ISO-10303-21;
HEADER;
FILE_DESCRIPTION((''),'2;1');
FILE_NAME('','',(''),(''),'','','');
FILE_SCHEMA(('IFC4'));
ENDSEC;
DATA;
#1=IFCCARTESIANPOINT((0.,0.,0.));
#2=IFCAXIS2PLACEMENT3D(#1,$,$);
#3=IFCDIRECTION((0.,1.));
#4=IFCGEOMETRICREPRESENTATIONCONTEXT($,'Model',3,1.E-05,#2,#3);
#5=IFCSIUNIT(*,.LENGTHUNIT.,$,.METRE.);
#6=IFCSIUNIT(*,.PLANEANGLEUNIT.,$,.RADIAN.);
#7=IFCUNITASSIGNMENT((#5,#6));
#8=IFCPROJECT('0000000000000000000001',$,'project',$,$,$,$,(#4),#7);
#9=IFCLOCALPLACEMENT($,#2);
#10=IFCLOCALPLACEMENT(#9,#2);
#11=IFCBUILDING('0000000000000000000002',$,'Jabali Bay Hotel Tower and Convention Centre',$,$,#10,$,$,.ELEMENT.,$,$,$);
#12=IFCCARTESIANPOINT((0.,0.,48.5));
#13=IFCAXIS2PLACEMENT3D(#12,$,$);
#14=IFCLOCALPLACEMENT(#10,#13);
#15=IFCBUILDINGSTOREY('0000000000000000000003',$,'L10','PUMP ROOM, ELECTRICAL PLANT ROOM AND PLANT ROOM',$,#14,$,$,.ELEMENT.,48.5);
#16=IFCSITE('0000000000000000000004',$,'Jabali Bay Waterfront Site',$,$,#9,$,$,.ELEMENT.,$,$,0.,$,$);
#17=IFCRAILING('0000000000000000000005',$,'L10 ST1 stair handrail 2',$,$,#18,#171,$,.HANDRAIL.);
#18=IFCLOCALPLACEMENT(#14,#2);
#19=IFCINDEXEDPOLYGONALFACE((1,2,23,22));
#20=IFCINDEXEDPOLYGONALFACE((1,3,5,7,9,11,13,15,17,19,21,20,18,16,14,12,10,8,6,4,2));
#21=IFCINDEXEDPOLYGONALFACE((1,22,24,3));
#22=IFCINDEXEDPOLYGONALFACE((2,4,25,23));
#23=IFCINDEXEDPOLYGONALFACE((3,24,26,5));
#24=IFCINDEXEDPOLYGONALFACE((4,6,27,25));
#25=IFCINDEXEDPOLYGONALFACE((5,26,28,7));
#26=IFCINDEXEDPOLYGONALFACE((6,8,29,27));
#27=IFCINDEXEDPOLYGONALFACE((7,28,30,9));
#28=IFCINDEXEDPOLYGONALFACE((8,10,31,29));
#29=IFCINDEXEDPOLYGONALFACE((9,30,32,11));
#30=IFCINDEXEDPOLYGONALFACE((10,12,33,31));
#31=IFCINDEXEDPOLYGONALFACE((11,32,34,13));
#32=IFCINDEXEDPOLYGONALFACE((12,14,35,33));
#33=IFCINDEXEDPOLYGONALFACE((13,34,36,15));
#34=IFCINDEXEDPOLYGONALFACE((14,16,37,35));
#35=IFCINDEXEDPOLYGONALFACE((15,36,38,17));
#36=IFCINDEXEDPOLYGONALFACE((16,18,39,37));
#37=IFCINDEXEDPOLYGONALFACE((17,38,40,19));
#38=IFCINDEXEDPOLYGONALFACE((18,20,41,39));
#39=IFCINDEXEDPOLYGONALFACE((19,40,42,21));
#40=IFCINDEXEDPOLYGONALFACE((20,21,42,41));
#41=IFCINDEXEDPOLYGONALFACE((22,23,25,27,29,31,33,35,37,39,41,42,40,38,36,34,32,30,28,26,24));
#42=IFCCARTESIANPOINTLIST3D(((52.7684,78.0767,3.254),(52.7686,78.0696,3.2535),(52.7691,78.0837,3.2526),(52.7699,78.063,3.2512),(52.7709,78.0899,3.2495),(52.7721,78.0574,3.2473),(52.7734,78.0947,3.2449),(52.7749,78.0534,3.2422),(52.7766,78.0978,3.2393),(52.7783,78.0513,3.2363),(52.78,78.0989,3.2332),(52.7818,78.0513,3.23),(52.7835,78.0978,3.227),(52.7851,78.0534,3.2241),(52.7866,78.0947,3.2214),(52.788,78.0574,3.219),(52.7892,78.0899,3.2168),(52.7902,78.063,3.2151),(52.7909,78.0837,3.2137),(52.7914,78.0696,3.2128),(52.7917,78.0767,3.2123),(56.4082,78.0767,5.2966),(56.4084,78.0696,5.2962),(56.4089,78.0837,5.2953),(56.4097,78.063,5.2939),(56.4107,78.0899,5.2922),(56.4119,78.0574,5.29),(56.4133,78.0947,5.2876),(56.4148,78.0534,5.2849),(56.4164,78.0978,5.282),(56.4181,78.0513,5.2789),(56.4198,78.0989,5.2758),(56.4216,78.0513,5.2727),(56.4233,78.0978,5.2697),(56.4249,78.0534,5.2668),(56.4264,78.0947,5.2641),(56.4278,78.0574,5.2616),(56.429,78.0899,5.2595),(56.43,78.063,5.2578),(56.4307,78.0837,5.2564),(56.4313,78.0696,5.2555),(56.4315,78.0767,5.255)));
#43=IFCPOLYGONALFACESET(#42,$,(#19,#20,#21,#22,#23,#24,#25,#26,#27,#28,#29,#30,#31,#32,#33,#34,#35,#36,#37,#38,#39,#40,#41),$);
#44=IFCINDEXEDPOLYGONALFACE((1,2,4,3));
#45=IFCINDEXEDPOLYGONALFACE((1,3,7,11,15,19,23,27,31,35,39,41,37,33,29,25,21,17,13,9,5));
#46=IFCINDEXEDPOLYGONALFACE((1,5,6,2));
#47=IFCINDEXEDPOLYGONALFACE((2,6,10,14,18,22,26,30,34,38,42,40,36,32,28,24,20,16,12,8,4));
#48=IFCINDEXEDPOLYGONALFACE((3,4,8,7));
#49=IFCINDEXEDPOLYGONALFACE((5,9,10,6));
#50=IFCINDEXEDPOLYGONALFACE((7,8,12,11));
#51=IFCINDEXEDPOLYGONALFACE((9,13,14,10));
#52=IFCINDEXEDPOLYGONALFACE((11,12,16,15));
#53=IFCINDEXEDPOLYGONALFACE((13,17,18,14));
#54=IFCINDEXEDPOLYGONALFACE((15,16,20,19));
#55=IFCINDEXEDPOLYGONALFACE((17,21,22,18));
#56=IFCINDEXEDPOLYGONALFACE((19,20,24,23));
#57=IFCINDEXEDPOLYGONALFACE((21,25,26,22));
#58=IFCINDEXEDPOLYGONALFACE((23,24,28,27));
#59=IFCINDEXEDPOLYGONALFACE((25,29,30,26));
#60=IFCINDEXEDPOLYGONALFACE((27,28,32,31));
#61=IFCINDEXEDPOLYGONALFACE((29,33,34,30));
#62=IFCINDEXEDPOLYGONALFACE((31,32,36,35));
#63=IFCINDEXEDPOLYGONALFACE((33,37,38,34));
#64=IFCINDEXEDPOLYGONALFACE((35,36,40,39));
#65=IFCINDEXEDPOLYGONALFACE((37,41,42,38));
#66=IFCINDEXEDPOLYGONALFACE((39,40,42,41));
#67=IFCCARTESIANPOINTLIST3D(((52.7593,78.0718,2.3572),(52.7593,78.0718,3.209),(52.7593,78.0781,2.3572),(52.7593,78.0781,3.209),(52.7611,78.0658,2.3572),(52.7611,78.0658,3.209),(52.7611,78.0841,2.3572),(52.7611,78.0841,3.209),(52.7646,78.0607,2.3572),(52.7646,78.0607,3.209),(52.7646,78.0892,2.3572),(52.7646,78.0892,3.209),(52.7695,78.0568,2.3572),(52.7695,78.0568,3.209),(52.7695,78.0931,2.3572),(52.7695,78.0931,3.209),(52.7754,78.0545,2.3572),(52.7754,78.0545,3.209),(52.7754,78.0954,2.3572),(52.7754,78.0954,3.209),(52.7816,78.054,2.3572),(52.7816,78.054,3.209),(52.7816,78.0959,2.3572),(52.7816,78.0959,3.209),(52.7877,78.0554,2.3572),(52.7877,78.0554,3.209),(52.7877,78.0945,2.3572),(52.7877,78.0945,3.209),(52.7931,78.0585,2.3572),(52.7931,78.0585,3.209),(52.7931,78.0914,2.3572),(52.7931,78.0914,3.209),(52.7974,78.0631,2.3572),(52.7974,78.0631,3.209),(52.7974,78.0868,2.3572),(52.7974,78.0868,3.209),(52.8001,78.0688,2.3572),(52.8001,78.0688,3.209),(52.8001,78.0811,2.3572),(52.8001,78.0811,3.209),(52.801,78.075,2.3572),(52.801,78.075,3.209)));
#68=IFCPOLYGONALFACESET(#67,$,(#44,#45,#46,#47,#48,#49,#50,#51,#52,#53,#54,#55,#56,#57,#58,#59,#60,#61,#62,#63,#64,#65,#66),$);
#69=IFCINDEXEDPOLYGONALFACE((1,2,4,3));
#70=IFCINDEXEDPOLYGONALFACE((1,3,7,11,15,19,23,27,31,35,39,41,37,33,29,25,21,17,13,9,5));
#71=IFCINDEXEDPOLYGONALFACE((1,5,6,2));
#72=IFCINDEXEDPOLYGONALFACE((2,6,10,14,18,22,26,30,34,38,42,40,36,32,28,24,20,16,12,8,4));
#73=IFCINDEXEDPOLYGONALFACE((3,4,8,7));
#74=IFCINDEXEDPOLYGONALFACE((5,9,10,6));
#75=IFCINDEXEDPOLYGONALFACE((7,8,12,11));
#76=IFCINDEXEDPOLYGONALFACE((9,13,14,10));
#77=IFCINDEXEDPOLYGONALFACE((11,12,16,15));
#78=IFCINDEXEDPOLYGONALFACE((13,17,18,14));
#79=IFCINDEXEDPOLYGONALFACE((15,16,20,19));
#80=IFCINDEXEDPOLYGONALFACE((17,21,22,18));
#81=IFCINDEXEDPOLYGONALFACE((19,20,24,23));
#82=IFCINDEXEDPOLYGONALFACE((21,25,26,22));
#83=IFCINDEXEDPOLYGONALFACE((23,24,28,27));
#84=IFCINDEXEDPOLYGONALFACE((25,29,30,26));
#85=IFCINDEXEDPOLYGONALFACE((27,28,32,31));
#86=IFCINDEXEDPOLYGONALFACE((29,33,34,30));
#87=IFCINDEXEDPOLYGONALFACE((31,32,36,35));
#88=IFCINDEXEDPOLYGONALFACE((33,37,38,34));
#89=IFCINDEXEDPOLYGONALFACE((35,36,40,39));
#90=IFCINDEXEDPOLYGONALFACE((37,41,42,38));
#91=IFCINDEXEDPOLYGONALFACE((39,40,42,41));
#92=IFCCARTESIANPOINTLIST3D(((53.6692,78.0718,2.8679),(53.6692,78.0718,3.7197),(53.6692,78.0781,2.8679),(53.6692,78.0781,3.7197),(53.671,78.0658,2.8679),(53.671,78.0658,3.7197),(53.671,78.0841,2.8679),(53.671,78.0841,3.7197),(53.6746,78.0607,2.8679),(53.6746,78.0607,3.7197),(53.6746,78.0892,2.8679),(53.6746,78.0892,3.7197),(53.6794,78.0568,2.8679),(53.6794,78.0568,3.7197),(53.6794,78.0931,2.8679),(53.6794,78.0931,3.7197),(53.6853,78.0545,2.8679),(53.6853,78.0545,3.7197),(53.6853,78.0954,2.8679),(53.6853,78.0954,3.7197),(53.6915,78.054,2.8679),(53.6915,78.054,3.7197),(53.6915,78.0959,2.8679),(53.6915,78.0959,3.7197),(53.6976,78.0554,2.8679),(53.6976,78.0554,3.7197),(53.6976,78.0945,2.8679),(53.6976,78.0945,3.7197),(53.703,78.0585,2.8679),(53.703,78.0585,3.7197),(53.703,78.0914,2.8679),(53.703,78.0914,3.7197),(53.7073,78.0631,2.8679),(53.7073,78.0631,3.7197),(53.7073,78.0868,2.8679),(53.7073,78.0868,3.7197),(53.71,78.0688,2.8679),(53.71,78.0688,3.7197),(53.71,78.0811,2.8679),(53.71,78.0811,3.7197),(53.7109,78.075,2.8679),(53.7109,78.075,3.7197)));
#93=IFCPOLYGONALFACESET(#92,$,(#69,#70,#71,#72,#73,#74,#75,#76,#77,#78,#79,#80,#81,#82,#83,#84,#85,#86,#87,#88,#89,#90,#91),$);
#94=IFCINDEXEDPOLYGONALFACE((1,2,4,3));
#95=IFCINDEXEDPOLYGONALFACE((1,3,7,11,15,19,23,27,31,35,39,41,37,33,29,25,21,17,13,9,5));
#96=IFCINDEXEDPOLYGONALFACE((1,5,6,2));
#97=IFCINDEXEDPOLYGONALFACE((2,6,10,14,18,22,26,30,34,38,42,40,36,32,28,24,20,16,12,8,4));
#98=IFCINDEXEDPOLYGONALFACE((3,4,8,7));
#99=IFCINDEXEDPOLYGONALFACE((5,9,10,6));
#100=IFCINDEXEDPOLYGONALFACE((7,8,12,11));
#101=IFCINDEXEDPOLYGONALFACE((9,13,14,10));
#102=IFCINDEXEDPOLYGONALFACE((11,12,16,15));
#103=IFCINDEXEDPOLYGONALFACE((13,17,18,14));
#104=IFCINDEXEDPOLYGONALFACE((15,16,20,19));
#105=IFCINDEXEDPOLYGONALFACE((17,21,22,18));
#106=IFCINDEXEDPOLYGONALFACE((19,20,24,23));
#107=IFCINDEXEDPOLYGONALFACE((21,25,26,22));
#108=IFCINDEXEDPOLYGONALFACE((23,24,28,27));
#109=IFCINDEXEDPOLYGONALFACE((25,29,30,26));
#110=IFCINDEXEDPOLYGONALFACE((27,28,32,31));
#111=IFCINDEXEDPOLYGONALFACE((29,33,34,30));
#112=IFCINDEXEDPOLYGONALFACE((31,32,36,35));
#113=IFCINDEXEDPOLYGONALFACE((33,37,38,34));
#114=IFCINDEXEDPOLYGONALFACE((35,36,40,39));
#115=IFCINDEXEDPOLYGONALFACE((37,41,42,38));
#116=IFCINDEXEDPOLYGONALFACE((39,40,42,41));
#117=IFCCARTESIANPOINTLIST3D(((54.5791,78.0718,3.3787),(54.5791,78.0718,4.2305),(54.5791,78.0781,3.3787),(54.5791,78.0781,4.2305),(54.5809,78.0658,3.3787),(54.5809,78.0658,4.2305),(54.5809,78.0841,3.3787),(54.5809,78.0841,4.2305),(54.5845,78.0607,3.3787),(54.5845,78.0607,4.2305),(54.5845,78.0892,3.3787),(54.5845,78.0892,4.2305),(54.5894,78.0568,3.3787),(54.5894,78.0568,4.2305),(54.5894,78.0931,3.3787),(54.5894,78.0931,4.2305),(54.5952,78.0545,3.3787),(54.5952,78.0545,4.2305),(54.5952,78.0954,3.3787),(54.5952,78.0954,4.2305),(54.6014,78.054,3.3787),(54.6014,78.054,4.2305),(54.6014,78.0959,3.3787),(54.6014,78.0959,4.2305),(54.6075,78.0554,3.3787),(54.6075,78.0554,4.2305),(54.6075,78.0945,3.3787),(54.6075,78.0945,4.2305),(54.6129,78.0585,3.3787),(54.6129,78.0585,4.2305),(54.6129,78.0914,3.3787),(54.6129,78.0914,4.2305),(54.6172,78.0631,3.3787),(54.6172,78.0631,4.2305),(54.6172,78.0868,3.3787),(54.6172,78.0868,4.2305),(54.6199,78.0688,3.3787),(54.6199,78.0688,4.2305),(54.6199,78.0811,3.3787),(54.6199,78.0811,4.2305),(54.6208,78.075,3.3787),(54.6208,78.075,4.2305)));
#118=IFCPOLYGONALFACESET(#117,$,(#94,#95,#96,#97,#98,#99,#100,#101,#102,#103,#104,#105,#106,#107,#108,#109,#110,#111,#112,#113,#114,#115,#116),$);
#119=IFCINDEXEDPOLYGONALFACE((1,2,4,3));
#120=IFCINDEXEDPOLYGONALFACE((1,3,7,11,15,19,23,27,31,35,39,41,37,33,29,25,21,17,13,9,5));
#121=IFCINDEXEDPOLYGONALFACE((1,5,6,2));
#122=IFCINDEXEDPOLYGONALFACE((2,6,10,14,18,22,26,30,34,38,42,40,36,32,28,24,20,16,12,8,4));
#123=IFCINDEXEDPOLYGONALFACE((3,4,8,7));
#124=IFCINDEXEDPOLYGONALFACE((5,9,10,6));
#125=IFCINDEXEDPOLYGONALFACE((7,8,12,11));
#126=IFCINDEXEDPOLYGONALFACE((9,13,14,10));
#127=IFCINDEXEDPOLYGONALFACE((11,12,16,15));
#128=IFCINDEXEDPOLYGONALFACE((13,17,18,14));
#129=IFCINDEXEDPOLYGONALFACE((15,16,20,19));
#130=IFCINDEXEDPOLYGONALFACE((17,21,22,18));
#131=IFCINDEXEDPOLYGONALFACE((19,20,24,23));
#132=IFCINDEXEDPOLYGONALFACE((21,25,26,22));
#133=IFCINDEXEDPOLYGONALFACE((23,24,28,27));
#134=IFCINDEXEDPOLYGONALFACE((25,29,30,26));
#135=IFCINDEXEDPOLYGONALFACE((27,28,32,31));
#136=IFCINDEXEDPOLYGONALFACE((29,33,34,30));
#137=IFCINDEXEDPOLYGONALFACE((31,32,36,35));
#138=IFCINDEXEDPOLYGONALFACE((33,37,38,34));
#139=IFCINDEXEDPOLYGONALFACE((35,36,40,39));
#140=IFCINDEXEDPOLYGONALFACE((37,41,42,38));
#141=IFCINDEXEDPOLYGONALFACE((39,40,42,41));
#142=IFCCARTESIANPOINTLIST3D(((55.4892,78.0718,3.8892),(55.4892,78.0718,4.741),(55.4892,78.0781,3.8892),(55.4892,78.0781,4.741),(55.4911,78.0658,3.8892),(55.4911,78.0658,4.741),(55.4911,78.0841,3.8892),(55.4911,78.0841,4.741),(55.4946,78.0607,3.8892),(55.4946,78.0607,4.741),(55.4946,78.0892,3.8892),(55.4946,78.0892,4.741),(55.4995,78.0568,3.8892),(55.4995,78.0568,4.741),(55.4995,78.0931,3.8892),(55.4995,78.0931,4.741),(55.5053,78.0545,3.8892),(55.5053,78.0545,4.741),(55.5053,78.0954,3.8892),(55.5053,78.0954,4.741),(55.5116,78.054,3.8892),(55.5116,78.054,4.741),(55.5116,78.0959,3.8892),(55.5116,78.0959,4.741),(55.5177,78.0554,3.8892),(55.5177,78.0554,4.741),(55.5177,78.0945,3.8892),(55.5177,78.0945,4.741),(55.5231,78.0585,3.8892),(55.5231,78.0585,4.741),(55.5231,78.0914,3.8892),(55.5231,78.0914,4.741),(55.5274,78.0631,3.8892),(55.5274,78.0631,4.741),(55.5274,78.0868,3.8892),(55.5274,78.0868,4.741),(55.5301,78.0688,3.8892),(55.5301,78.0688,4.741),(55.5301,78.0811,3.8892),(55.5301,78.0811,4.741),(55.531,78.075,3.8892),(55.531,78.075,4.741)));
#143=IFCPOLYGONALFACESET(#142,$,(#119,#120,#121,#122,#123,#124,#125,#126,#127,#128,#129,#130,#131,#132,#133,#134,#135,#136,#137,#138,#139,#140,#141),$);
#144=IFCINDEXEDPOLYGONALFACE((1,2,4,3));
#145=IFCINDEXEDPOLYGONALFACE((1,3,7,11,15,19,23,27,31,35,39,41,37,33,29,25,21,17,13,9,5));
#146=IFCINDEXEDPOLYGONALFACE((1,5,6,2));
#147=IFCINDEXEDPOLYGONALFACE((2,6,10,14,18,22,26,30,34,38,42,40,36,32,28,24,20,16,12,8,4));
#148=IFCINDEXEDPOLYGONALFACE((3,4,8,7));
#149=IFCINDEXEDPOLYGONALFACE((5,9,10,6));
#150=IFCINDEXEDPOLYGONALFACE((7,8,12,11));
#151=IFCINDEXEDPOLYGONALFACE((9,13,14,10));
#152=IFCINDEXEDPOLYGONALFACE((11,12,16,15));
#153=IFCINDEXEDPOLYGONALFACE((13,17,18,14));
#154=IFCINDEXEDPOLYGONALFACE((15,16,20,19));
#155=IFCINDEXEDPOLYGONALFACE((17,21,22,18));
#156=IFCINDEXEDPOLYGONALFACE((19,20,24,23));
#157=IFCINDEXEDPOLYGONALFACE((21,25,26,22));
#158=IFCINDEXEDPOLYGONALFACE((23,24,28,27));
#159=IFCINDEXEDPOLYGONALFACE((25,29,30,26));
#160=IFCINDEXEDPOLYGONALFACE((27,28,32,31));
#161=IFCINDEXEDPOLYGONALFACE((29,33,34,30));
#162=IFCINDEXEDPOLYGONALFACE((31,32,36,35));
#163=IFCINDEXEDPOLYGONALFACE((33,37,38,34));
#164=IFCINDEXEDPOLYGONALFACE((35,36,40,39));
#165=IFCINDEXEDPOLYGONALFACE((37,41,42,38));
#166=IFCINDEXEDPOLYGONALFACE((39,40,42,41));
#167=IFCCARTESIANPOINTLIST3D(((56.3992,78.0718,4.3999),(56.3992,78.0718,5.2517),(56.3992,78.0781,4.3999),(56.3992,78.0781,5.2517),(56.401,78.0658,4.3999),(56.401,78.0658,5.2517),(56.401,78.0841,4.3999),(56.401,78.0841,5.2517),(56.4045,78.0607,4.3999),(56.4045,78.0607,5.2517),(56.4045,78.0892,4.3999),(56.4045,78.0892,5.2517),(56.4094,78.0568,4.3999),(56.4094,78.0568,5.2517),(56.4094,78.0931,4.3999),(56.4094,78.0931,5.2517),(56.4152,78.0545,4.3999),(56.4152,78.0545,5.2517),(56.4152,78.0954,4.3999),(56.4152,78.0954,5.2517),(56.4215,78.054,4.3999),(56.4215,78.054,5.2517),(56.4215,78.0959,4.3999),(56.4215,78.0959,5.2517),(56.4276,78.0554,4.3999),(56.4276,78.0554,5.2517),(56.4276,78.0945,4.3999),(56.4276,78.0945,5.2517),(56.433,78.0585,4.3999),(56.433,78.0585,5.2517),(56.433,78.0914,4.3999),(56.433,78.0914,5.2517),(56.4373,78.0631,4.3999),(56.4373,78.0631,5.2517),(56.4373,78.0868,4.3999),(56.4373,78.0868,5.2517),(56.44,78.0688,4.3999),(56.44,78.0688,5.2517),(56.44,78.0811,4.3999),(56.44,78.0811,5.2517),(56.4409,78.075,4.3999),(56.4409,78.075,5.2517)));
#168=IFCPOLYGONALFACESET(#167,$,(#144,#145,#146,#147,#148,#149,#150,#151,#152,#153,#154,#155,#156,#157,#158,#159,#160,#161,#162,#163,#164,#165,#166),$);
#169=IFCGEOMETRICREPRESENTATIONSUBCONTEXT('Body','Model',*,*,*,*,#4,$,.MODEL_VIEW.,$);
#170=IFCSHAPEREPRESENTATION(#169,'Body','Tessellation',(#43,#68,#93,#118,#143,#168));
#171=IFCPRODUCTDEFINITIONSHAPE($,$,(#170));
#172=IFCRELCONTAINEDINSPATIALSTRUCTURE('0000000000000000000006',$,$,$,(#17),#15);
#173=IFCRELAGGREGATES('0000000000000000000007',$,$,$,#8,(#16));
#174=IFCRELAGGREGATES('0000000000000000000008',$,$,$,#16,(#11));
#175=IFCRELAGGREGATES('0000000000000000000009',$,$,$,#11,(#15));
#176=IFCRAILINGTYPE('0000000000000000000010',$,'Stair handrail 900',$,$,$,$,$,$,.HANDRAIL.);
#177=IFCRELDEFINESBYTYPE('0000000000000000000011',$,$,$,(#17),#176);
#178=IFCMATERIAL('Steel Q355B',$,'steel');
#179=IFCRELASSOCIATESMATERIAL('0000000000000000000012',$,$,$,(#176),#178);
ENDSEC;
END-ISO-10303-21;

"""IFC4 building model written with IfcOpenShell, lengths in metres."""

from ifc_helpers import new_model, si_unit, direction, frame, origin, origin_2d, place, context, subcontext, project, spatial, circle, extrude, material, type_object, element, save


model = new_model("IFC4")

# Units and contexts
model_context = context("Model", 3, precision=1e-05, world=origin(), true_north=direction((0.0, 1.0)))
body_context = subcontext(model_context, "Body", "Model", "MODEL_VIEW")
ifc_project = project(units=[si_unit("LENGTHUNIT", "METRE"), si_unit("PLANEANGLEUNIT", "RADIAN")], contexts=[model_context])

# Site, building, storey
site_placement = place(None, origin())
site = spatial("IfcSite", under=ifc_project, at=site_placement, Name="Jabali Bay Waterfront Site", CompositionType="ELEMENT", RefElevation=0.0)
building_placement = place(site_placement, origin())
building = spatial("IfcBuilding", under=site, at=building_placement, Name="Jabali Bay Hotel Tower and Convention Centre", CompositionType="ELEMENT")
storey_placement = place(building_placement, frame((0.0, 0.0, 48.5)))
storey = spatial("IfcBuildingStorey", under=building, at=storey_placement, Name="L10", Description="PUMP ROOM, ELECTRICAL PLANT ROOM AND PLANT ROOM", CompositionType="ELEMENT", Elevation=48.5)

# Railing
ifc_material_1 = material(Name="Steel Q355B", Category="steel")
railing_type = type_object("IfcRailingType", Name="Stair handrail 900", PredefinedType="HANDRAIL", material=ifc_material_1)
railing_placement = place(storey_placement, frame((52.78, 78.075, 2.3572)))
element("IfcRailing", 1, at=railing_placement, inside=storey, type_object=railing_type, Name="L10 ST1 stair handrail 2", PredefinedType="HANDRAIL", context=body_context, shape_type="SweptSolid", body=[
    extrude(circle(Radius=0.0239, at=origin_2d()), frame((0.0, 0.0, 0.876), z_axis=(0.872058, 0.0, 0.489403), x_axis=(0.0, 1.0, 0.0)), (0.0, 0.0, 1.0), 4.1738),
    extrude(circle(Radius=0.021, at=origin_2d()), origin(), (0.0, 0.0, 1.0), 0.8518),
    extrude(circle(Radius=0.021, at=origin_2d()), frame((0.9099, 0.0, 0.5107)), (0.0, 0.0, 1.0), 0.8518),
    extrude(circle(Radius=0.021, at=origin_2d()), frame((1.8198, 0.0, 1.0215)), (0.0, 0.0, 1.0), 0.8518),
    extrude(circle(Radius=0.021, at=origin_2d()), frame((2.73, 0.0, 1.532)), (0.0, 0.0, 1.0), 0.8518),
    extrude(circle(Radius=0.021, at=origin_2d()), frame((3.6399, 0.0, 2.0427)), (0.0, 0.0, 1.0), 0.8518),
])

save(model, "model.ifc")
